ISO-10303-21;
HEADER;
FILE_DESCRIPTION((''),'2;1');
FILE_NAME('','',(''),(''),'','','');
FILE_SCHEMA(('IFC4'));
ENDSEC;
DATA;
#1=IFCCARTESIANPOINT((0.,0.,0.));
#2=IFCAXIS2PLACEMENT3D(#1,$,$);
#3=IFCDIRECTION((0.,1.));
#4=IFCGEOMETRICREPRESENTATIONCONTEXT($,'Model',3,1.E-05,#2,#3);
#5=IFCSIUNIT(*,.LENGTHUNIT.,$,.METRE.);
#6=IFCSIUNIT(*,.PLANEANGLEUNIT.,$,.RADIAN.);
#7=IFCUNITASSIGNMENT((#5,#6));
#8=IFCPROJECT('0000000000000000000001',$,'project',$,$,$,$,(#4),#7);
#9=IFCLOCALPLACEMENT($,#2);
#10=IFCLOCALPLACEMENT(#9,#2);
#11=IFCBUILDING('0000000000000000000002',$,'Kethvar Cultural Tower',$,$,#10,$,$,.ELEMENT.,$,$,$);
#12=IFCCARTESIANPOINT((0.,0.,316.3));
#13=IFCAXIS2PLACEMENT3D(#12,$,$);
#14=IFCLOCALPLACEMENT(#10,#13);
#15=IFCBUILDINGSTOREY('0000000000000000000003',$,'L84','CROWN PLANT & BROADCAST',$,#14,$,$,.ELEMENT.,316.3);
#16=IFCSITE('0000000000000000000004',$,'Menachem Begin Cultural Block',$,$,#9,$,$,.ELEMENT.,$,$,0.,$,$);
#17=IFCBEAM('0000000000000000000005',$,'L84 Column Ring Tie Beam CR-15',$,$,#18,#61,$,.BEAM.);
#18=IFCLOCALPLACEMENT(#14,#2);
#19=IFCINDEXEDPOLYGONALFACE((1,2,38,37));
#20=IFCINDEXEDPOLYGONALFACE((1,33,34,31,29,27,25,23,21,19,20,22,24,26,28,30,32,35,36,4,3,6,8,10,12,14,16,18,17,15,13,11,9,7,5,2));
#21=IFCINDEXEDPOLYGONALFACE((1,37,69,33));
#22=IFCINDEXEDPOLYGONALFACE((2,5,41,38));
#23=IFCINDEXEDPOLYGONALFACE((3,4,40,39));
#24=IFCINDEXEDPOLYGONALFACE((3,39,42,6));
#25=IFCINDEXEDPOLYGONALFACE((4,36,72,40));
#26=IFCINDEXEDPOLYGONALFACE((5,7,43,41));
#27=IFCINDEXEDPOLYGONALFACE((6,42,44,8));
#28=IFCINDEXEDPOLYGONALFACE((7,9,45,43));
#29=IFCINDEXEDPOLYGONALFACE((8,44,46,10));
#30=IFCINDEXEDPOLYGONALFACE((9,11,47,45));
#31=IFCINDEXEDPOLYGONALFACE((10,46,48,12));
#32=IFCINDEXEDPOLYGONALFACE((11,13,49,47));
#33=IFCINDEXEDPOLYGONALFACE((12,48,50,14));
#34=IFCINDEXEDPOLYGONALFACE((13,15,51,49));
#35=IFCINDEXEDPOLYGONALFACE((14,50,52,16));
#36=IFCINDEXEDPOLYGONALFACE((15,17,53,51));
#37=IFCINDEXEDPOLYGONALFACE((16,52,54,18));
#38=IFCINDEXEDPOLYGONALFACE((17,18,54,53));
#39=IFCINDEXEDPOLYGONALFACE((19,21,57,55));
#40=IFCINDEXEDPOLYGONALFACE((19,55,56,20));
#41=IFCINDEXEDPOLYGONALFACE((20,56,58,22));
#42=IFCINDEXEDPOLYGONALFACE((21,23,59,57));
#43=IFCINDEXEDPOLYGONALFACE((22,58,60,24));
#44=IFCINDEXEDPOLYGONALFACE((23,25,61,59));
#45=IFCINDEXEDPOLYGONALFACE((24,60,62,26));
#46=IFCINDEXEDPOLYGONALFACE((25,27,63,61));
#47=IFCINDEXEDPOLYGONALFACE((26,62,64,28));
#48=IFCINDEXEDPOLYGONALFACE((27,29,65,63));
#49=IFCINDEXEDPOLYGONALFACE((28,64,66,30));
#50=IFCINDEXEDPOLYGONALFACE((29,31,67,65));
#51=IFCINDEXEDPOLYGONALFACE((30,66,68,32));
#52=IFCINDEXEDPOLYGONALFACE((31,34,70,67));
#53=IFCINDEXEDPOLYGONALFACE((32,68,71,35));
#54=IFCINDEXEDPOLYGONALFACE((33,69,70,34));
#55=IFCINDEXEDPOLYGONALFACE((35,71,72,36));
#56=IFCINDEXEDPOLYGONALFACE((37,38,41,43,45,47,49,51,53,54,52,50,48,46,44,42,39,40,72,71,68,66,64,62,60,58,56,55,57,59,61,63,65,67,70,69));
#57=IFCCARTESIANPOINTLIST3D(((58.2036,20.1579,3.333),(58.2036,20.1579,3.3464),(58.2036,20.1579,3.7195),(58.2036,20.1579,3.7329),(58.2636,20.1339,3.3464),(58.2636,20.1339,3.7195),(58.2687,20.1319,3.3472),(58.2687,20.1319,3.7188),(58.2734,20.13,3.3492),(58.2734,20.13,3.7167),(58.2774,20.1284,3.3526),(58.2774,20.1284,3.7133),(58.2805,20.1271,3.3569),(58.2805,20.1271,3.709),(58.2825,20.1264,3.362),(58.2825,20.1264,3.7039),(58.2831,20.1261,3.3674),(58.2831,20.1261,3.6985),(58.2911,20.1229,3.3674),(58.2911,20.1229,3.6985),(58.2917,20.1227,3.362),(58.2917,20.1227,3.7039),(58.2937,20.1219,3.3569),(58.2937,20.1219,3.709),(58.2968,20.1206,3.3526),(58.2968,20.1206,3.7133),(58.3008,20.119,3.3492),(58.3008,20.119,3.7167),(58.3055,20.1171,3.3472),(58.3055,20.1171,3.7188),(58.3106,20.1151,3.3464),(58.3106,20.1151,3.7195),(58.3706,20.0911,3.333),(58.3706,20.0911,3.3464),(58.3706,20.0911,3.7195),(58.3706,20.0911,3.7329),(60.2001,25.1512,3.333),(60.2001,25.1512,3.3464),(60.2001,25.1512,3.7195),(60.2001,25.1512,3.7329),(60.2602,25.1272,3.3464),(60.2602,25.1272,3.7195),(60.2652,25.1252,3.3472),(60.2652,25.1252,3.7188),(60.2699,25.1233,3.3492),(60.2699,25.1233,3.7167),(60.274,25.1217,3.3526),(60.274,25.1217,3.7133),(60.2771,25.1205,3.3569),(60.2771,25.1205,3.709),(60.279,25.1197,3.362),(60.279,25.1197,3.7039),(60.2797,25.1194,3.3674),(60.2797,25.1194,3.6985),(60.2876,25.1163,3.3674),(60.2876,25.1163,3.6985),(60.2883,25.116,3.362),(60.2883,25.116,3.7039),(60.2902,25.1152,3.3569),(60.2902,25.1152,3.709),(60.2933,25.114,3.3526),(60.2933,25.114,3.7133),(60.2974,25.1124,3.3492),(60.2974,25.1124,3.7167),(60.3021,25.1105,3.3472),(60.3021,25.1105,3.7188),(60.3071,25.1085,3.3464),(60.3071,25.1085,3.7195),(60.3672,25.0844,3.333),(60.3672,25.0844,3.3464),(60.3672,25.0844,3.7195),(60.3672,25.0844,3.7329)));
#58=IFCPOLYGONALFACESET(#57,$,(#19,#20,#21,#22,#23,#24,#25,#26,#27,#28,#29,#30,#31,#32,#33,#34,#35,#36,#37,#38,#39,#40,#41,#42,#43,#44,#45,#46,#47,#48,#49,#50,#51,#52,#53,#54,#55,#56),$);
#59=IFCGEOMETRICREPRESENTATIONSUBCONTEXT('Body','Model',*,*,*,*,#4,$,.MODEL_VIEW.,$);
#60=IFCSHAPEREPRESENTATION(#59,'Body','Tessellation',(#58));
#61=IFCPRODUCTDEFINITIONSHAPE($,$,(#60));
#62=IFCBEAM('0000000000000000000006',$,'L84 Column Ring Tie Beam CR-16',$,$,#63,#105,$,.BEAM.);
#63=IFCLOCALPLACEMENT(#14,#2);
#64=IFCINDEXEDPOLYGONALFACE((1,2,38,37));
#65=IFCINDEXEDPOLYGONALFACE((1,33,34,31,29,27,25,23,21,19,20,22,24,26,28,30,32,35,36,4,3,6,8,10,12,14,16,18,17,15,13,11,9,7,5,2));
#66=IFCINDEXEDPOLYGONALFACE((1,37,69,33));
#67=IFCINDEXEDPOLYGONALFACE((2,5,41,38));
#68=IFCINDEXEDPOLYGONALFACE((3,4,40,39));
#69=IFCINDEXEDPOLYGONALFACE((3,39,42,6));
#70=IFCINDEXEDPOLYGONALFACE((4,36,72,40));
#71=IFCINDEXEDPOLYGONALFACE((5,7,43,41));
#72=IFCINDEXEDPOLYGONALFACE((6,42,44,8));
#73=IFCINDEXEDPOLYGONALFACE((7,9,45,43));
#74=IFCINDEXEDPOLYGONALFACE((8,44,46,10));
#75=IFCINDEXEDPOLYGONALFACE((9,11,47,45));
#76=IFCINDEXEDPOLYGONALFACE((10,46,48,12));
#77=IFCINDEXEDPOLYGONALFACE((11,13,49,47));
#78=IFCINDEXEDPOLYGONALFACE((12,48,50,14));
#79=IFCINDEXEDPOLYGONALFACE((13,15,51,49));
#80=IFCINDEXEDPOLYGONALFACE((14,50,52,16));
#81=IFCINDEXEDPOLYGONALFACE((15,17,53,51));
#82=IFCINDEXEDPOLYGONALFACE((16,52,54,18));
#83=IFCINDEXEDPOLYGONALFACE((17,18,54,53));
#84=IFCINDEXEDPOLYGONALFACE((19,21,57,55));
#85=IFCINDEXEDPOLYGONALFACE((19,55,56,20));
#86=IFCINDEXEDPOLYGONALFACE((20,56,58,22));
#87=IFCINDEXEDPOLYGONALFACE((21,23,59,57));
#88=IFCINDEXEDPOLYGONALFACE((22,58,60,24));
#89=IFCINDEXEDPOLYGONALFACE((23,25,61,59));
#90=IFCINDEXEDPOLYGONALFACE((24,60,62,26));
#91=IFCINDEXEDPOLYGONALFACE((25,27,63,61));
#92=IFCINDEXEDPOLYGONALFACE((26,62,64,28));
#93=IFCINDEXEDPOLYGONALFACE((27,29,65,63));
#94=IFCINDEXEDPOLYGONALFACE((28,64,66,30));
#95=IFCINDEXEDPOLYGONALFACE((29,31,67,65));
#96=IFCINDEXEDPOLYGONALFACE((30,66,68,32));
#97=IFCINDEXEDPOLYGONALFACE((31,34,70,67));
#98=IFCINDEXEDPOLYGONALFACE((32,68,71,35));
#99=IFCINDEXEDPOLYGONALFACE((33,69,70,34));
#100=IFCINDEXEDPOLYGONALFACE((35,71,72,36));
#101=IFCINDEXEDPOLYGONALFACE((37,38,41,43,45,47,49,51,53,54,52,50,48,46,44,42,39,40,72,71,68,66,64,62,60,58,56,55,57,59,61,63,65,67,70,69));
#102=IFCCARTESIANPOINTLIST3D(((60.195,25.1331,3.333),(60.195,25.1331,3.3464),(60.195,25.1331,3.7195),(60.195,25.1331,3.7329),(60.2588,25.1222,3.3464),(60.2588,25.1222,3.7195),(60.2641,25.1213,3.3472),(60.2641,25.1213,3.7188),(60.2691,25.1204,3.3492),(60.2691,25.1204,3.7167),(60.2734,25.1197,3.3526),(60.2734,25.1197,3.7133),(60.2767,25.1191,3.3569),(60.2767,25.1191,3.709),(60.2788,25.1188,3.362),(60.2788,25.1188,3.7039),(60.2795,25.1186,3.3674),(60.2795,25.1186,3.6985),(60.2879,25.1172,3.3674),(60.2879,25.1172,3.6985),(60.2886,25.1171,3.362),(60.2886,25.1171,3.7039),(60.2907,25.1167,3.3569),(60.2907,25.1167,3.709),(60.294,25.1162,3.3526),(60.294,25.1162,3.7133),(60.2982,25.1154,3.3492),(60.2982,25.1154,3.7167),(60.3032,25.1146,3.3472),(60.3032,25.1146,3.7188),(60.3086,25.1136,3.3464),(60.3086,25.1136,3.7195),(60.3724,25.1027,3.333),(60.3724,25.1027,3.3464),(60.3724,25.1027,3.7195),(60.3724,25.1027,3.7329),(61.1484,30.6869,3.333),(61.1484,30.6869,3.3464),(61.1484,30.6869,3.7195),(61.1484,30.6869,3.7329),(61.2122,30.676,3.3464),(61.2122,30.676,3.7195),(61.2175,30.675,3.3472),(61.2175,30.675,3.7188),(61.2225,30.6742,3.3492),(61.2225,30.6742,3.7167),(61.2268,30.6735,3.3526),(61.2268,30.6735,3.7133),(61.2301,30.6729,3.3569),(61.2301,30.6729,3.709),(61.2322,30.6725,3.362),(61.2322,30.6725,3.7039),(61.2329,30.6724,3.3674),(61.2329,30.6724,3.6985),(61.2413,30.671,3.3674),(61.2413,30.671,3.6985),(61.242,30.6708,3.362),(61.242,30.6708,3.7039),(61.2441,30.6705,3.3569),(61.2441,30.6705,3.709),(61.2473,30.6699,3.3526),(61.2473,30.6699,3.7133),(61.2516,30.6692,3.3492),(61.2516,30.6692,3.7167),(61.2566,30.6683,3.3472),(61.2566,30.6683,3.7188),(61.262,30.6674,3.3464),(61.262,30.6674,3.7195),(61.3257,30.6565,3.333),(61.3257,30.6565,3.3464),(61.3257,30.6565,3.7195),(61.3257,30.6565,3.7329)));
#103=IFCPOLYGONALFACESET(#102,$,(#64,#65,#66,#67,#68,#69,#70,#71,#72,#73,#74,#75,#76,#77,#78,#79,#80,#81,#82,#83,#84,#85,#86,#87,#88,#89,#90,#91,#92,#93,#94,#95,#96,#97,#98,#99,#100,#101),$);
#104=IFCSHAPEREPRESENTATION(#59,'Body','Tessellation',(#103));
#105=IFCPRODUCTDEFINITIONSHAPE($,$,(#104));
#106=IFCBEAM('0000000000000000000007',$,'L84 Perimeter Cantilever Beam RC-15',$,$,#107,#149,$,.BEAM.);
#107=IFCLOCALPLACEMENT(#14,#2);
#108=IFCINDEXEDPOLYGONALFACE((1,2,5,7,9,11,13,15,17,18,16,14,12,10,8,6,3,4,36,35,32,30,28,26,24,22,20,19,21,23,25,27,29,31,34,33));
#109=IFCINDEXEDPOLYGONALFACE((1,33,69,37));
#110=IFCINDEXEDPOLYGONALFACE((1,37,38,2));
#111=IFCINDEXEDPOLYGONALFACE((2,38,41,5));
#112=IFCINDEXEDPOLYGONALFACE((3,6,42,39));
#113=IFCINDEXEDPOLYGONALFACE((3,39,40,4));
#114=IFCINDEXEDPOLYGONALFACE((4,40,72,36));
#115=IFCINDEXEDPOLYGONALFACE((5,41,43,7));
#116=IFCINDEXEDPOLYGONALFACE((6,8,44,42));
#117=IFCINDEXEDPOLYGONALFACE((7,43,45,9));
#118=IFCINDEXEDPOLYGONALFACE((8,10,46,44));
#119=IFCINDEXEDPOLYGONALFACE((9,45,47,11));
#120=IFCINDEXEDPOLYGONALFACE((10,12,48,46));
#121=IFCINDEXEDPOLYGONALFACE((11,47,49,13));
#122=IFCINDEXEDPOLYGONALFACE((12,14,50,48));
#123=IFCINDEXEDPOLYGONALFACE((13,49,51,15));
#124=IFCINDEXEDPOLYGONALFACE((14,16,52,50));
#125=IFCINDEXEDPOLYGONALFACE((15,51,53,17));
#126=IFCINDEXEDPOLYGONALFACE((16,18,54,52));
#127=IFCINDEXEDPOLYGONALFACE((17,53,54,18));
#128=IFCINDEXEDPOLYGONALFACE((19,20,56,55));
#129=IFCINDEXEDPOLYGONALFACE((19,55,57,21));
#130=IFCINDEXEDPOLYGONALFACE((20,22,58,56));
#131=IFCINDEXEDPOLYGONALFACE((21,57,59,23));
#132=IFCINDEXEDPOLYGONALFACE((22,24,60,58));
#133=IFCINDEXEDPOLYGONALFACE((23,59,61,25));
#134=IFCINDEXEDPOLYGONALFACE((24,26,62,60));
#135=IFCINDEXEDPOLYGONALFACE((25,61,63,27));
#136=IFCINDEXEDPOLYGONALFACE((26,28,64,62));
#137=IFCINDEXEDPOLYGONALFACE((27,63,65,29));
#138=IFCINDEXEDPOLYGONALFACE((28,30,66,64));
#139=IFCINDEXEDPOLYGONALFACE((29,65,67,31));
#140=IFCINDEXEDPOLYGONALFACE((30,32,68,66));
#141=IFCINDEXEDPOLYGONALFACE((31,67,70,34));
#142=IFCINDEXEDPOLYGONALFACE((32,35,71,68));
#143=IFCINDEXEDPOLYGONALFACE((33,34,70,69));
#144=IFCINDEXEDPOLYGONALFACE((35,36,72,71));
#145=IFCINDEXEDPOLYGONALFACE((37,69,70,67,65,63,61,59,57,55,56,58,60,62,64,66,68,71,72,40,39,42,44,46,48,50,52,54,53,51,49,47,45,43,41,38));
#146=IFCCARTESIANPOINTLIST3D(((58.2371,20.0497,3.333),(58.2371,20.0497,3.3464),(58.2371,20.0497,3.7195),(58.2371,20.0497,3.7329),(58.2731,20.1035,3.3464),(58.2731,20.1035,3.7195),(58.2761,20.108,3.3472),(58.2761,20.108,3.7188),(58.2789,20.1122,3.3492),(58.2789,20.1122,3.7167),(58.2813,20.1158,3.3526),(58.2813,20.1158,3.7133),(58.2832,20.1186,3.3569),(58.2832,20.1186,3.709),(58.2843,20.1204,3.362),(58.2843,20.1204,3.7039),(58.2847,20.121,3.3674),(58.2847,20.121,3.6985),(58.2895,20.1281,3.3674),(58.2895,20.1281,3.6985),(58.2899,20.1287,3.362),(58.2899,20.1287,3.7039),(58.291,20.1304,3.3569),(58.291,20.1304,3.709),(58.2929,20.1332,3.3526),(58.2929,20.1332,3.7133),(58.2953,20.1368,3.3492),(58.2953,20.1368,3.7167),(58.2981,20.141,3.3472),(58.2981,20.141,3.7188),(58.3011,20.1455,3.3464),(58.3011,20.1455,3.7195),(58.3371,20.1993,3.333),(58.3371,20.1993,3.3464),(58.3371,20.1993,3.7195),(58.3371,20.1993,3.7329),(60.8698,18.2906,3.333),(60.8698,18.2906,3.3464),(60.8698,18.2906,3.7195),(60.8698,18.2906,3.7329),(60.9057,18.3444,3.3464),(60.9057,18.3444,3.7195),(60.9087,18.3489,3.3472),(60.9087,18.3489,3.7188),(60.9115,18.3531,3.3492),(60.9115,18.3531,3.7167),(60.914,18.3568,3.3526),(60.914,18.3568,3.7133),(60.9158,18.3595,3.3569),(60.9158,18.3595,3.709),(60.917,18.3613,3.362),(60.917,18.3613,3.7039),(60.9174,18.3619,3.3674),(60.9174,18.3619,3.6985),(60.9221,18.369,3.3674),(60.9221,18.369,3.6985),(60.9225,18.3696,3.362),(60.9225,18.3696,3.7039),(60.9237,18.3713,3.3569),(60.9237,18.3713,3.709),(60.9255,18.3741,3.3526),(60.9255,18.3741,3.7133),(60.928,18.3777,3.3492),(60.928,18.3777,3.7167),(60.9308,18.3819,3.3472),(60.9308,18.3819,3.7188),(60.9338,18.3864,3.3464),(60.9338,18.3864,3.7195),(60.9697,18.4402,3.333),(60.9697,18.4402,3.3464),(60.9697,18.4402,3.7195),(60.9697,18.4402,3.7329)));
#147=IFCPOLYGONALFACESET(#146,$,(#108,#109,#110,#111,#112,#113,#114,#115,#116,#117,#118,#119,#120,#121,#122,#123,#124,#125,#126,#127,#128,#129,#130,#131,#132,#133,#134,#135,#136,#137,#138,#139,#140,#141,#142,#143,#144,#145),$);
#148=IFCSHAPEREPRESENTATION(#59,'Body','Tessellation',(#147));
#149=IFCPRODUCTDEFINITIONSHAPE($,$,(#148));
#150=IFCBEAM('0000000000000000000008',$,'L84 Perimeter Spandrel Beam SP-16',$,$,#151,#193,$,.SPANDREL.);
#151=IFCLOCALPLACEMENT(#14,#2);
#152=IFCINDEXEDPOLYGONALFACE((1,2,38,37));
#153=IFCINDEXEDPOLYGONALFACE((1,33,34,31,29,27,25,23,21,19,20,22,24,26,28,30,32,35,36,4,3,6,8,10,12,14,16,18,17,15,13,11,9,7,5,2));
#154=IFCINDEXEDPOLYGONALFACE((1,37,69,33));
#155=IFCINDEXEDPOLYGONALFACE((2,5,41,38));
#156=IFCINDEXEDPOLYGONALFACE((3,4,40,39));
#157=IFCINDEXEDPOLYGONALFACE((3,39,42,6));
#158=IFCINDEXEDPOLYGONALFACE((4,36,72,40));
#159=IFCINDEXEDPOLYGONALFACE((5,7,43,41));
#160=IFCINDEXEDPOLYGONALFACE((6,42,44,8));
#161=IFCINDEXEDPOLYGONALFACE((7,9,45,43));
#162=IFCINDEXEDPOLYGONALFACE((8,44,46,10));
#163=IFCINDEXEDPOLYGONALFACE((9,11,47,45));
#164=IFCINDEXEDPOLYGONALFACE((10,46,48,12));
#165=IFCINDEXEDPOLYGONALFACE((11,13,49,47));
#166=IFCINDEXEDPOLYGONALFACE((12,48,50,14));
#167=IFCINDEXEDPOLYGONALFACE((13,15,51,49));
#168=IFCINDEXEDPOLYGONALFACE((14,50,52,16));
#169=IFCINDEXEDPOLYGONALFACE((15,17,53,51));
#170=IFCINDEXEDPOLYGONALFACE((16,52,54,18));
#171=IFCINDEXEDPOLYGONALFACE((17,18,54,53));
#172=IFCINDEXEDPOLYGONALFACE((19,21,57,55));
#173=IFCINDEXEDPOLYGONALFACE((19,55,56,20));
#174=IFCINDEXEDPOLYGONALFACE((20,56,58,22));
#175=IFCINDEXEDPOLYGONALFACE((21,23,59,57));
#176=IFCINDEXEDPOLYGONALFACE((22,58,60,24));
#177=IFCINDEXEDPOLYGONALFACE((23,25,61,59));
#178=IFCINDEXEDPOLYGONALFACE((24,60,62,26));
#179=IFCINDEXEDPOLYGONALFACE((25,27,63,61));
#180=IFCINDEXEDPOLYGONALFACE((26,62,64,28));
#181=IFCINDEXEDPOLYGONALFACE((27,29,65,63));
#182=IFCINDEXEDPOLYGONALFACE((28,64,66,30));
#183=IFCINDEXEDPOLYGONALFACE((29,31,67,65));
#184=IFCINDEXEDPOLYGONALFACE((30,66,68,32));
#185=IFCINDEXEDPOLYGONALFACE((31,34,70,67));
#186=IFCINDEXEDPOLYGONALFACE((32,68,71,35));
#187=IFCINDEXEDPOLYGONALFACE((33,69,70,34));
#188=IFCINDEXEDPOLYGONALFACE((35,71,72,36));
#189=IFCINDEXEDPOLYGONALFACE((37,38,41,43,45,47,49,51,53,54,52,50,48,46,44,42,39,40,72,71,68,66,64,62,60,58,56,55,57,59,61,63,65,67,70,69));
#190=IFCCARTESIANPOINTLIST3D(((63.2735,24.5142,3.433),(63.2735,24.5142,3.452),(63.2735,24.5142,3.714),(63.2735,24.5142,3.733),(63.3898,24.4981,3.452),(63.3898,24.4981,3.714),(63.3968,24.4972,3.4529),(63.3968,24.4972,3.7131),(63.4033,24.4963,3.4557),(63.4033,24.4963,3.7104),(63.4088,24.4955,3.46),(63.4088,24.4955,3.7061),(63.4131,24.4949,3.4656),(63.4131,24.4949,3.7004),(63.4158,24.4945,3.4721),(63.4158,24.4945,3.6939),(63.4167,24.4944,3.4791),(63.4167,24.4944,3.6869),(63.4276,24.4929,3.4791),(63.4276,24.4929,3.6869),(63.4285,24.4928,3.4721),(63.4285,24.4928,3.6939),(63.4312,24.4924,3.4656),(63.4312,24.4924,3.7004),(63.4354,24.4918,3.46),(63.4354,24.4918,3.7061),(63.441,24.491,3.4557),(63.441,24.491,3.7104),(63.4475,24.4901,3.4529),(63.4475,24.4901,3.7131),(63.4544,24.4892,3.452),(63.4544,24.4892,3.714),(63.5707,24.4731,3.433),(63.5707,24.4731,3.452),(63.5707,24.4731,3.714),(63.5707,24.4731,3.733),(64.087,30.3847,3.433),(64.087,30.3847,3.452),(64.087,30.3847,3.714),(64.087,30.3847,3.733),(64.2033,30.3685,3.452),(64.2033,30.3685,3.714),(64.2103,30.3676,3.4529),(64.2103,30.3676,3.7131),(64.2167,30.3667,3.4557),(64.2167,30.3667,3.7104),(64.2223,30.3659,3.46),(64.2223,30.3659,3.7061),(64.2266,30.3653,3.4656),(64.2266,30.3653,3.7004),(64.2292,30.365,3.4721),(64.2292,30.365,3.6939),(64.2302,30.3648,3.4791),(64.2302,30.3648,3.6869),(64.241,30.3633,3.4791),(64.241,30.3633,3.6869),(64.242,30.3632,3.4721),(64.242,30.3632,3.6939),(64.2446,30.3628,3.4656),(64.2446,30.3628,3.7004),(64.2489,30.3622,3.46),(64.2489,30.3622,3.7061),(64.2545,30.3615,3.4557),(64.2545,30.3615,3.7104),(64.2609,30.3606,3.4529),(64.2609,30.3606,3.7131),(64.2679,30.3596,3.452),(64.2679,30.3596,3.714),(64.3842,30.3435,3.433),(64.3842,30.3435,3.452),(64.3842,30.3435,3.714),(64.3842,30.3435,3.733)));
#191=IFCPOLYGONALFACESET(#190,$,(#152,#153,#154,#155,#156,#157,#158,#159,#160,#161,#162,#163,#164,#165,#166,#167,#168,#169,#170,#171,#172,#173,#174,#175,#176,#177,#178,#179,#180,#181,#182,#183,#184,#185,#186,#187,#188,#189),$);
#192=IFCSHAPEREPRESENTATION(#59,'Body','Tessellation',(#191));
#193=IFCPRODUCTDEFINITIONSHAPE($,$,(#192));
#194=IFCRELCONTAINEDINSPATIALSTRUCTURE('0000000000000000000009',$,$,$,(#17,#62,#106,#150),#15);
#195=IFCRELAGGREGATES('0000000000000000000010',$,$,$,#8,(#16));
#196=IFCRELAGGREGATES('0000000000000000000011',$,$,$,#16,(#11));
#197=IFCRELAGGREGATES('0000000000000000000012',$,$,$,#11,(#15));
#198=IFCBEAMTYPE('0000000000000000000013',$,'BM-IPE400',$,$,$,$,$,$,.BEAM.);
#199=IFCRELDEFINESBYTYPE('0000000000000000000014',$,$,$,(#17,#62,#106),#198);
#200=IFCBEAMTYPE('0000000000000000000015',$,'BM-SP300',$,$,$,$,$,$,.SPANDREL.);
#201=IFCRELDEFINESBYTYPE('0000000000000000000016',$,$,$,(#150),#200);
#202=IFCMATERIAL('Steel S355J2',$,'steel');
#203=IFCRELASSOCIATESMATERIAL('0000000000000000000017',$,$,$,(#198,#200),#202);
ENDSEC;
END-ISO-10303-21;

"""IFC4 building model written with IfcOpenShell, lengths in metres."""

from ifc_helpers import new_model, si_unit, direction, frame, origin, origin_2d, place, context, subcontext, project, spatial, i_section, extrude, source, transform, mapped, material, material_profile, profile_set, type_object, element, save


model = new_model("IFC4")

# Units and contexts
model_context = context("Model", 3, precision=1e-05, world=origin(), true_north=direction((0.0, 1.0)))
body_context = subcontext(model_context, "Body", "Model", "MODEL_VIEW")
ifc_project = project(units=[si_unit("LENGTHUNIT", "METRE"), si_unit("PLANEANGLEUNIT", "RADIAN")], contexts=[model_context])

# Site, building, storey
site_placement = place(None, origin())
site = spatial("IfcSite", under=ifc_project, at=site_placement, Name="Menachem Begin Cultural Block", CompositionType="ELEMENT", RefElevation=0.0)
building_placement = place(site_placement, origin())
building = spatial("IfcBuilding", under=site, at=building_placement, Name="Kethvar Cultural Tower", CompositionType="ELEMENT")
storey_placement = place(building_placement, frame((0.0, 0.0, 316.3)))
storey = spatial("IfcBuildingStorey", under=building, at=storey_placement, Name="L84", Description="CROWN PLANT & BROADCAST", CompositionType="ELEMENT", Elevation=316.3)

# Shared definitions
ifc_material_1 = material(Name="Steel S355J2", Category="steel")

# Beams
ifc_material_profile_1 = material_profile(ifc_material_1, i_section(OverallWidth=0.1799, OverallDepth=0.3999, WebThickness=0.0085, FlangeThickness=0.0134, FilletRadius=0.021, at=origin_2d()), Name="Steel S355J2 — IPE400")
ifc_profile_set_1 = profile_set([ifc_material_profile_1], Name="Steel S355J2 — IPE400")
beam_type_1 = type_object("IfcBeamType", Name="BM-IPE400", PredefinedType="BEAM", material=ifc_profile_set_1)
shared_shape_1 = source(origin(), body_context, "Body", "SweptSolid", [
    extrude(i_section(OverallWidth=0.1799, OverallDepth=0.3999, WebThickness=0.0085, FlangeThickness=0.0134, FilletRadius=0.021, at=origin_2d()), origin(), (0.0, 0.0, 1.0), 5.3777),
])
beam_1_placement = place(storey_placement, frame((58.2871, 20.1245, 3.533), z_axis=(0.371265, 0.928527, 0.0), x_axis=(-0.928527, 0.371265, 0.0)))
element("IfcBeam", 1, at=beam_1_placement, inside=storey, type_object=beam_type_1, Name="L84 Column Ring Tie Beam CR-15", PredefinedType="BEAM", context=body_context, shape_type="MappedRepresentation", body=[
    mapped(shared_shape_1, transform((0.0, 0.0, 0.0), scale=1.0)),
])
shared_shape_2 = source(origin(), body_context, "Body", "SweptSolid", [
    extrude(i_section(OverallWidth=0.1799, OverallDepth=0.3999, WebThickness=0.0085, FlangeThickness=0.0134, FilletRadius=0.021, at=origin_2d()), origin(), (0.0, 0.0, 1.0), 5.635),
])
beam_2_placement = place(storey_placement, frame((60.2837, 25.1179, 3.533), z_axis=(0.169189, 0.985584, 0.0), x_axis=(-0.985584, 0.169189, 0.0)))
element("IfcBeam", 2, at=beam_2_placement, inside=storey, type_object=beam_type_1, Name="L84 Column Ring Tie Beam CR-16", PredefinedType="BEAM", context=body_context, shape_type="MappedRepresentation", body=[
    mapped(shared_shape_2, transform((0.0, 0.0, 0.0), scale=1.0)),
])
shared_shape_3 = source(origin(), body_context, "Body", "SweptSolid", [
    extrude(i_section(OverallWidth=0.1799, OverallDepth=0.3999, WebThickness=0.0085, FlangeThickness=0.0134, FilletRadius=0.021, at=origin_2d()), origin(), (0.0, 0.0, 1.0), 3.1663),
])
beam_3_placement = place(storey_placement, frame((58.2871, 20.1245, 3.533), z_axis=(0.831469, -0.555572, 0.0), x_axis=(0.555572, 0.831469, 0.0)))
element("IfcBeam", 3, at=beam_3_placement, inside=storey, type_object=beam_type_1, Name="L84 Perimeter Cantilever Beam RC-15", PredefinedType="BEAM", context=body_context, shape_type="MappedRepresentation", body=[
    mapped(shared_shape_3, transform((0.0, 0.0, 0.0), scale=1.0)),
])
ifc_material_profile_2 = material_profile(ifc_material_1, i_section(OverallWidth=0.3, OverallDepth=0.3, WebThickness=0.011, FlangeThickness=0.019, FilletRadius=0.0271, at=origin_2d()), Name="Steel S355J2 — HEB300")
ifc_profile_set_2 = profile_set([ifc_material_profile_2], Name="Steel S355J2 — HEB300")
beam_type_2 = type_object("IfcBeamType", Name="BM-SP300", PredefinedType="SPANDREL", material=ifc_profile_set_2)
shared_shape_4 = source(origin(), body_context, "Body", "SweptSolid", [
    extrude(i_section(OverallWidth=0.3, OverallDepth=0.3, WebThickness=0.011, FlangeThickness=0.019, FilletRadius=0.0271, at=origin_2d()), origin(), (0.0, 0.0, 1.0), 5.9265),
])
beam_4_placement = place(storey_placement, frame((63.4221, 24.4937, 3.583), z_axis=(0.137262, 0.990535, 0.0), x_axis=(-0.990535, 0.137262, 0.0)))
element("IfcBeam", 4, at=beam_4_placement, inside=storey, type_object=beam_type_2, Name="L84 Perimeter Spandrel Beam SP-16", PredefinedType="SPANDREL", context=body_context, shape_type="MappedRepresentation", body=[
    mapped(shared_shape_4, transform((0.0, 0.0, 0.0), scale=1.0)),
])

save(model, "model.ifc")
